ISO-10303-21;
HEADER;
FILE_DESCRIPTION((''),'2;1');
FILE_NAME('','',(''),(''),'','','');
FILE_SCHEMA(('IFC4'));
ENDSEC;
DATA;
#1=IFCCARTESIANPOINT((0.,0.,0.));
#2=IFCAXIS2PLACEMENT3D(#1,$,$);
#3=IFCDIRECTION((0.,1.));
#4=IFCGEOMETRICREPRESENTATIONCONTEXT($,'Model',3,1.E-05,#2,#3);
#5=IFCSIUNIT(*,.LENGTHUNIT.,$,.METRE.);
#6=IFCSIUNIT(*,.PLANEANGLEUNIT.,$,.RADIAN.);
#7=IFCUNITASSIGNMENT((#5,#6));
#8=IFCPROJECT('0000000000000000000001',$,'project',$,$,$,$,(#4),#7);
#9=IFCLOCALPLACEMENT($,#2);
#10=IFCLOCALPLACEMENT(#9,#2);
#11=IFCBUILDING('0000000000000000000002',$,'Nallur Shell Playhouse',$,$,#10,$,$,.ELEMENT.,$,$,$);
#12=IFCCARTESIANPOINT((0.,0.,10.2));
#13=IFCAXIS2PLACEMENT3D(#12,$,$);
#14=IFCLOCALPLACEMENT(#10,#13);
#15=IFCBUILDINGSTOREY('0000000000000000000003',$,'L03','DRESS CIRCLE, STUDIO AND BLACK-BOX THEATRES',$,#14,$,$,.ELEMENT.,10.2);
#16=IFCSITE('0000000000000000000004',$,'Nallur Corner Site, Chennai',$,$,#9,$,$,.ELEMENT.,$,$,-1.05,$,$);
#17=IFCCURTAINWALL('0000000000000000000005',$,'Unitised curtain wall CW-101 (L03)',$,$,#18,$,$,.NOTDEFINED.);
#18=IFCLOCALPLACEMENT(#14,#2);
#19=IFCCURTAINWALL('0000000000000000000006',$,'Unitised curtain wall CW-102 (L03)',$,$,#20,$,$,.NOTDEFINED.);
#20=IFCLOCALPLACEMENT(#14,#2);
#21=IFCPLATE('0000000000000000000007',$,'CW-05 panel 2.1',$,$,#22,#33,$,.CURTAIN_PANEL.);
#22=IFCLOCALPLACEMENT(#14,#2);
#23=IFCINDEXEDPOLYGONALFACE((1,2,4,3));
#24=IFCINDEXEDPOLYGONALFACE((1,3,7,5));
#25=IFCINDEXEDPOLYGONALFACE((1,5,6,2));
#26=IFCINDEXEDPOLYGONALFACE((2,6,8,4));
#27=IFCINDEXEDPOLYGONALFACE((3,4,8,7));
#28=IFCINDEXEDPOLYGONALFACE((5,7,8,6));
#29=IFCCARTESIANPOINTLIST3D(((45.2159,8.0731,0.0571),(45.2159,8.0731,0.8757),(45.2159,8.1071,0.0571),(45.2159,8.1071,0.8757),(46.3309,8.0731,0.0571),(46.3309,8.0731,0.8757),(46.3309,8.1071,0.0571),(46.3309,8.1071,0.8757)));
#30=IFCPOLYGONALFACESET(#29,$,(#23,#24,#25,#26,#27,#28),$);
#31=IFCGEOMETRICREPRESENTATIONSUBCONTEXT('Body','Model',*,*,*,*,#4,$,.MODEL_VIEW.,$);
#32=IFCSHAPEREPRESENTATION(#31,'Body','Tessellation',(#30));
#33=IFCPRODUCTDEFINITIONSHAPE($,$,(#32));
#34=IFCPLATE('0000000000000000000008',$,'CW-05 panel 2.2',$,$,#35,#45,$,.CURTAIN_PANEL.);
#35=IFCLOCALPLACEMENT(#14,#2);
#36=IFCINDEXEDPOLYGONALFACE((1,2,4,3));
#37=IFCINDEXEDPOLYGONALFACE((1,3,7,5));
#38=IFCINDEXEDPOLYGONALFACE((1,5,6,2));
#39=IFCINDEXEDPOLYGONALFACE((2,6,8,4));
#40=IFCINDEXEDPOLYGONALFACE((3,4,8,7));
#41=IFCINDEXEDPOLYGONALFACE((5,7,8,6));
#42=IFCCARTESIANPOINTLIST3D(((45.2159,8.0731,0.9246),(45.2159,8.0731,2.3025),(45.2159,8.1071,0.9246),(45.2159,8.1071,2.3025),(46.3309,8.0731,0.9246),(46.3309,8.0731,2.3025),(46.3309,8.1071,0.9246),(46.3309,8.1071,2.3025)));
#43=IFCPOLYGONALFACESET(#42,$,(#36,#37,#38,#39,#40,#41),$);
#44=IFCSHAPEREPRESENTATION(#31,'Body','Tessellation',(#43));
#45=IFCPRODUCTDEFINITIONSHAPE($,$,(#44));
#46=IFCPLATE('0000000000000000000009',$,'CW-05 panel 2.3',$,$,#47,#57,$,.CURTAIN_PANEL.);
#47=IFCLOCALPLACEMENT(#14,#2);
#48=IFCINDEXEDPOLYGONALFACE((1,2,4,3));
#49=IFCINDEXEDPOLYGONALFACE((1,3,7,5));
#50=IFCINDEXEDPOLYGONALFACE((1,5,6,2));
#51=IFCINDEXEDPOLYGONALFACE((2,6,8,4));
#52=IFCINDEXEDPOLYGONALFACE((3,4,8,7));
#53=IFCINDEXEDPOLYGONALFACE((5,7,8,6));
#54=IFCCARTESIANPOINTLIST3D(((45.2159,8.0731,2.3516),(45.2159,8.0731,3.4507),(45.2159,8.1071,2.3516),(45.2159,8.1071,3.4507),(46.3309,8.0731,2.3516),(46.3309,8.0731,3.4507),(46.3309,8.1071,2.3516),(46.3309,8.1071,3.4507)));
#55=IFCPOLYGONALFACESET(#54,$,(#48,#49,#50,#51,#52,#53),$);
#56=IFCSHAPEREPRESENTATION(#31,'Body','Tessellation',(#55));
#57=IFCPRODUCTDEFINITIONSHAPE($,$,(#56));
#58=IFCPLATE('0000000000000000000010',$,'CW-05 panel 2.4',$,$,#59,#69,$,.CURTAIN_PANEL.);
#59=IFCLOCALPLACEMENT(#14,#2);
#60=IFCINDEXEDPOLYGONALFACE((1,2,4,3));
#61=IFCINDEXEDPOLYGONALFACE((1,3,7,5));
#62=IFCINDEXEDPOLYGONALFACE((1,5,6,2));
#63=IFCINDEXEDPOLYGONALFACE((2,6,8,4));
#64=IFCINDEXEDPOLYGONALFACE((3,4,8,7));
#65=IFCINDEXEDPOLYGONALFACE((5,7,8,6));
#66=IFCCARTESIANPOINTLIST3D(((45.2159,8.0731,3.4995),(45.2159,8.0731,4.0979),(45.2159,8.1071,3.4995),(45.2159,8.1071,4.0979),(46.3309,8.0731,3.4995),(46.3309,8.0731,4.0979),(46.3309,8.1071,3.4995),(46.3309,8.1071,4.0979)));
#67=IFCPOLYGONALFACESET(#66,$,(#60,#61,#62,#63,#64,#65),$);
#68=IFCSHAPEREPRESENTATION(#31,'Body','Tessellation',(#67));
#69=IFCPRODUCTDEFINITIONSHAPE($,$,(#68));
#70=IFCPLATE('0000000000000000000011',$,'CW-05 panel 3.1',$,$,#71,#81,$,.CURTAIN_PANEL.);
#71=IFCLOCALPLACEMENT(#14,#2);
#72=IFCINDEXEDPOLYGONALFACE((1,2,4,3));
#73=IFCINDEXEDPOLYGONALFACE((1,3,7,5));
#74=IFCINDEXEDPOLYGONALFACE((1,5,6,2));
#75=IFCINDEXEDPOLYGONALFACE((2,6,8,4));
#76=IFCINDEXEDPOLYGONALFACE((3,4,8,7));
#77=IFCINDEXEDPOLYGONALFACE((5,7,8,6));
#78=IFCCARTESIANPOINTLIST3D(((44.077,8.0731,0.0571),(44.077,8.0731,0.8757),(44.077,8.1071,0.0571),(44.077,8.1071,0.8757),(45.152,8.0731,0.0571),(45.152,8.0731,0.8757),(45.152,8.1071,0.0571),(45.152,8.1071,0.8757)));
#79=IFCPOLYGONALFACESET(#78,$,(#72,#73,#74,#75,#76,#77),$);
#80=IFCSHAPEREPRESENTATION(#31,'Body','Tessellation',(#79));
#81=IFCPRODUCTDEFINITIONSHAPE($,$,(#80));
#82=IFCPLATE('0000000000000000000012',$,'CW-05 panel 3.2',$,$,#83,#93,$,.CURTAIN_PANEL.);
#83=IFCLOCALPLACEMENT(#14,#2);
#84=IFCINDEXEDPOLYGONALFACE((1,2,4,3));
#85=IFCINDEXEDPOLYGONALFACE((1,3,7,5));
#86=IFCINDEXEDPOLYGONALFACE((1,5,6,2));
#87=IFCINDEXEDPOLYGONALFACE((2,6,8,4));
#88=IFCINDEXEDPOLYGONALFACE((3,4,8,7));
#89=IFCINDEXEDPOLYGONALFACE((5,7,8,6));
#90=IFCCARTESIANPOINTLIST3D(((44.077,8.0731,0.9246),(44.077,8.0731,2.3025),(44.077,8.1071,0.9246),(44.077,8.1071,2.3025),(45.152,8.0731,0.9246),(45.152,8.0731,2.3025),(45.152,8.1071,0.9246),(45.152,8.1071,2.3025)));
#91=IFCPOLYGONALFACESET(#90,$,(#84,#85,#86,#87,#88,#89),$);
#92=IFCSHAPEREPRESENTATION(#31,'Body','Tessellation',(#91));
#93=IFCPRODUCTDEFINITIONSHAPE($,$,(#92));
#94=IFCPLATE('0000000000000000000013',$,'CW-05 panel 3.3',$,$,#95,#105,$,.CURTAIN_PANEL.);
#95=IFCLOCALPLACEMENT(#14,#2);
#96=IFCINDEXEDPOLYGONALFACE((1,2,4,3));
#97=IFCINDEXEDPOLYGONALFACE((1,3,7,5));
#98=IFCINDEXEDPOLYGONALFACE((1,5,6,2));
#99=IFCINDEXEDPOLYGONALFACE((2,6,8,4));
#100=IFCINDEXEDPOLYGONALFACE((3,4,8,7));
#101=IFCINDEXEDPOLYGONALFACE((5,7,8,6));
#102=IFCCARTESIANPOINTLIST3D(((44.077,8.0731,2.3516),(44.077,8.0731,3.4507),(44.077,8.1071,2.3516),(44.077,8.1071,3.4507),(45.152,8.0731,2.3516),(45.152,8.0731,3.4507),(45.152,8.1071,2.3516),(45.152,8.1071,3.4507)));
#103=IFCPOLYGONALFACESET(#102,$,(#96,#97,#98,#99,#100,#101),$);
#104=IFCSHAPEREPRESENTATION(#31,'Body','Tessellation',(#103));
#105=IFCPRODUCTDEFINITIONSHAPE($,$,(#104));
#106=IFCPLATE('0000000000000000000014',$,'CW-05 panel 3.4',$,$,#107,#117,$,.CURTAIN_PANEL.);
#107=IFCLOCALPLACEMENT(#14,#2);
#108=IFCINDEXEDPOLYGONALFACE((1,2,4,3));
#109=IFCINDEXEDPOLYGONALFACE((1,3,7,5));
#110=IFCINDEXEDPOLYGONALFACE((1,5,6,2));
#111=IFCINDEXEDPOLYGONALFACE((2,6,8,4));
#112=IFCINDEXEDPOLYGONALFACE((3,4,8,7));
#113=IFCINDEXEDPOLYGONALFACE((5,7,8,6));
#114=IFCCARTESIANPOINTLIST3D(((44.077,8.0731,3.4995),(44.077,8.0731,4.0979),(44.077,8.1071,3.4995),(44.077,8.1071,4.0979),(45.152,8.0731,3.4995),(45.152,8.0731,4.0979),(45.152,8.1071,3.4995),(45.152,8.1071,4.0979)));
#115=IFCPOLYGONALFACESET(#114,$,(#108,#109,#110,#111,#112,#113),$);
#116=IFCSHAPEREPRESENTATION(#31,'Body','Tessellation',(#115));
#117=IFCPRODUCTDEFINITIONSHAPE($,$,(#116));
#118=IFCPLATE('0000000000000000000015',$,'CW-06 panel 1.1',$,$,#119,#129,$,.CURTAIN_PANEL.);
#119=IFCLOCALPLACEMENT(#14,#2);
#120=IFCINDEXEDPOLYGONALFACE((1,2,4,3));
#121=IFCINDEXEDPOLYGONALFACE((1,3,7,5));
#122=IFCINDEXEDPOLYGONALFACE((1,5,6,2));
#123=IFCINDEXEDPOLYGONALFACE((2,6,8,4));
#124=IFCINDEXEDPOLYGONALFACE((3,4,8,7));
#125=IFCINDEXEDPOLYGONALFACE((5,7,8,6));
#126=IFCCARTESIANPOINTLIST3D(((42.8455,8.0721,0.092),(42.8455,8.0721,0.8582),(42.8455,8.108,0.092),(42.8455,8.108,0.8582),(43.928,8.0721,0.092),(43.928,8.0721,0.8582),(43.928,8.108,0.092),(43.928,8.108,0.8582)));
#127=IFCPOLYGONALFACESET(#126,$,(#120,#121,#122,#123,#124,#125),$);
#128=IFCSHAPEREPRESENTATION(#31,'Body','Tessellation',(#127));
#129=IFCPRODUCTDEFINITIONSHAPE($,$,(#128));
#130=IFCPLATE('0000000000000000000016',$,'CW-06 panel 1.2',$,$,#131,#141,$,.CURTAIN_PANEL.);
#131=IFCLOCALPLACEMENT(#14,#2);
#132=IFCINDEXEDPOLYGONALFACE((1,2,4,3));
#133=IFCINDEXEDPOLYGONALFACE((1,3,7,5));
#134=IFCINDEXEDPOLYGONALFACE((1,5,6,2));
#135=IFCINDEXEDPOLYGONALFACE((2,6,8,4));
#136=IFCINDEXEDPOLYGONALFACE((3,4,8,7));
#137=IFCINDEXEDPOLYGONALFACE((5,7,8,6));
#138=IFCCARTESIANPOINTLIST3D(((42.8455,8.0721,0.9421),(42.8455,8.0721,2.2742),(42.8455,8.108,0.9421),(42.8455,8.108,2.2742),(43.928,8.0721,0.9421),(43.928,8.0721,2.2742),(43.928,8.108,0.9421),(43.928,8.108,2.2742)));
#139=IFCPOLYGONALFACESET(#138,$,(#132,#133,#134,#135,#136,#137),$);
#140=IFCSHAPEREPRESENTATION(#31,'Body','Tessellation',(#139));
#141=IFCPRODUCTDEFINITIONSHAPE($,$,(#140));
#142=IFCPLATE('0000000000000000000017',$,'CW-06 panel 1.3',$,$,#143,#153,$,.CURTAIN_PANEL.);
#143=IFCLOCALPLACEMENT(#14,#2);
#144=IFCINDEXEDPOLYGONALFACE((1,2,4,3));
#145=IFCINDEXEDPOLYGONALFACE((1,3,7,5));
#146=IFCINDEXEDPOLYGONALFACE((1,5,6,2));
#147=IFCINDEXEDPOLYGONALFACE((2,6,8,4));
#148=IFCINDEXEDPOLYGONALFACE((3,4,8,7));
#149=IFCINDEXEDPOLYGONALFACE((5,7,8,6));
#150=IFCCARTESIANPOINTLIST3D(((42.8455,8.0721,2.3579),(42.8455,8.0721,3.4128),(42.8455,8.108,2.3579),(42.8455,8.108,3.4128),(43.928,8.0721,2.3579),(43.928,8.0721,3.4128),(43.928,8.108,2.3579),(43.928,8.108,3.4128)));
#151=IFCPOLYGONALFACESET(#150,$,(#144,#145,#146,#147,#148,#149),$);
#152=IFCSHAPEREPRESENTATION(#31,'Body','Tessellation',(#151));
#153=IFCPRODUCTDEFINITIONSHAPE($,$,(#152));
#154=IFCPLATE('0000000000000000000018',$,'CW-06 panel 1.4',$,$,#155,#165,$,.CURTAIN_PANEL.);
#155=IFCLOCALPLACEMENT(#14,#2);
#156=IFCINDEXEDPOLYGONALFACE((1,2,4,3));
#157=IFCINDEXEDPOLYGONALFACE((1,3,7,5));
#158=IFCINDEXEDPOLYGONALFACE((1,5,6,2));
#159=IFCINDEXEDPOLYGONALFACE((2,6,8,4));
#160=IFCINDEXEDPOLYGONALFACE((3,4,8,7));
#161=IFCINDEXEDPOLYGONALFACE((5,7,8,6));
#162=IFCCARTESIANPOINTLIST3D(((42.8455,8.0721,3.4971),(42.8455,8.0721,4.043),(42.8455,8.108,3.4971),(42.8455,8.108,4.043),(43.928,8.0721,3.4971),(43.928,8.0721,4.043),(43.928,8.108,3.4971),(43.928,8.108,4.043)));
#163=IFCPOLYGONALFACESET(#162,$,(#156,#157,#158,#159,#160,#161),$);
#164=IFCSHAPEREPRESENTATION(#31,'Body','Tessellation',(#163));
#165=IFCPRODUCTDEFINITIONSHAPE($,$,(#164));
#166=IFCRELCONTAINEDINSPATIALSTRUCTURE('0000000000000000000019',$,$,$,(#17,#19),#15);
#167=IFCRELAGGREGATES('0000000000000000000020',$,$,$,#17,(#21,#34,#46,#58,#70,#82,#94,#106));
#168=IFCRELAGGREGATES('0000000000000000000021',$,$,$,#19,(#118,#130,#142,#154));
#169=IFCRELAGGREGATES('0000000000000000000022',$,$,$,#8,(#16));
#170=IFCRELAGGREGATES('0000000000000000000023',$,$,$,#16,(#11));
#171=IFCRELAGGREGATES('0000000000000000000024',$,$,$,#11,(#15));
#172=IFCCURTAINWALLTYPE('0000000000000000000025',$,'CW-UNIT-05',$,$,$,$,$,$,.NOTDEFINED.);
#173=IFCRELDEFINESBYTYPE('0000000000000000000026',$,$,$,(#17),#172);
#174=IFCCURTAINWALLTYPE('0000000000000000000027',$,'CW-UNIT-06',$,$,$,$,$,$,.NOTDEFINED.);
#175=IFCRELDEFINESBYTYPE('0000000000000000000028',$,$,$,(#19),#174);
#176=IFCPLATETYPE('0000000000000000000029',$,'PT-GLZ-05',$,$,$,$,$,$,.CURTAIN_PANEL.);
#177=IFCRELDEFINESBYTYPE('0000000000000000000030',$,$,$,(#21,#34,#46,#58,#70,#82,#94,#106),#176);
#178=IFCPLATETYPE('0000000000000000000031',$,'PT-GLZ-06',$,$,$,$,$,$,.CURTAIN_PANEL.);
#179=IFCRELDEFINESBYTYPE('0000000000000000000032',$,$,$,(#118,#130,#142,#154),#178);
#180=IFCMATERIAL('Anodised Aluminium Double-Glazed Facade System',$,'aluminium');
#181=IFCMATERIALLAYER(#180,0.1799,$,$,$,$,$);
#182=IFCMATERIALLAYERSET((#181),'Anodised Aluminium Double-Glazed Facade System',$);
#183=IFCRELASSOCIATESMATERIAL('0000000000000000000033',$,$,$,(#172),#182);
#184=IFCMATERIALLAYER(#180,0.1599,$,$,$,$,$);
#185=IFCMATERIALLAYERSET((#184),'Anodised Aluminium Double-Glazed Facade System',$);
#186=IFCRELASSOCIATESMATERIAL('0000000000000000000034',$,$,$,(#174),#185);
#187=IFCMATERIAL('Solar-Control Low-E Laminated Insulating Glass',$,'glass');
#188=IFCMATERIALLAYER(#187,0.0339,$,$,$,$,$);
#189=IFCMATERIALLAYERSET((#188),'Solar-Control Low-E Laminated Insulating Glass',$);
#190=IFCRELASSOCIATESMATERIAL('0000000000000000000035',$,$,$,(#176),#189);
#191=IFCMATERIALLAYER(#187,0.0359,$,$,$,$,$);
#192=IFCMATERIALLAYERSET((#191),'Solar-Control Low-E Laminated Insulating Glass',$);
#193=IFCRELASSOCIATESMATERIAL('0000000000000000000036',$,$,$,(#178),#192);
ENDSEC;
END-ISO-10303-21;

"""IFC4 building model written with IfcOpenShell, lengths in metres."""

from ifc_helpers import new_model, si_unit, direction, frame, origin, origin_2d, place, context, subcontext, project, spatial, rectangle, extrude, material, layer, layer_set, type_object, element, aggregate, save


model = new_model("IFC4")

# Units and contexts
model_context = context("Model", 3, precision=1e-05, world=origin(), true_north=direction((0.0, 1.0)))
body_context = subcontext(model_context, "Body", "Model", "MODEL_VIEW")
ifc_project = project(units=[si_unit("LENGTHUNIT", "METRE"), si_unit("PLANEANGLEUNIT", "RADIAN")], contexts=[model_context])

# Site, building, storey
site_placement = place(None, origin())
site = spatial("IfcSite", under=ifc_project, at=site_placement, Name="Nallur Corner Site, Chennai", CompositionType="ELEMENT", RefElevation=-1.05)
building_placement = place(site_placement, origin())
building = spatial("IfcBuilding", under=site, at=building_placement, Name="Nallur Shell Playhouse", CompositionType="ELEMENT")
storey_placement = place(building_placement, frame((0.0, 0.0, 10.2)))
storey = spatial("IfcBuildingStorey", under=building, at=storey_placement, Name="L03", Description="DRESS CIRCLE, STUDIO AND BLACK-BOX THEATRES", CompositionType="ELEMENT", Elevation=10.2)

# Curtain walls
ifc_material_1 = material(Name="Anodised Aluminium Double-Glazed Facade System", Category="aluminium")
ifc_layer_1 = layer(ifc_material_1, 0.1799)
ifc_layer_set_1 = layer_set([ifc_layer_1], Name="Anodised Aluminium Double-Glazed Facade System")
curtain_wall_type_1 = type_object("IfcCurtainWallType", Name="CW-UNIT-05", PredefinedType="NOTDEFINED", material=ifc_layer_set_1)
curtain_wall_1_placement = place(storey_placement, origin())
curtain_wall_1 = element("IfcCurtainWall", 1, at=curtain_wall_1_placement, inside=storey, type_object=curtain_wall_type_1, Name="Unitised curtain wall CW-101 (L03)", PredefinedType="NOTDEFINED")
ifc_layer_2 = layer(ifc_material_1, 0.1599)
ifc_layer_set_2 = layer_set([ifc_layer_2], Name="Anodised Aluminium Double-Glazed Facade System")
curtain_wall_type_2 = type_object("IfcCurtainWallType", Name="CW-UNIT-06", PredefinedType="NOTDEFINED", material=ifc_layer_set_2)
curtain_wall_2_placement = place(storey_placement, origin())
curtain_wall_2 = element("IfcCurtainWall", 2, at=curtain_wall_2_placement, inside=storey, type_object=curtain_wall_type_2, Name="Unitised curtain wall CW-102 (L03)", PredefinedType="NOTDEFINED")

# Plates
ifc_material_2 = material(Name="Solar-Control Low-E Laminated Insulating Glass", Category="glass")
ifc_layer_3 = layer(ifc_material_2, 0.0339)
ifc_layer_set_3 = layer_set([ifc_layer_3], Name="Solar-Control Low-E Laminated Insulating Glass")
plate_type_1 = type_object("IfcPlateType", Name="PT-GLZ-05", PredefinedType="CURTAIN_PANEL", material=ifc_layer_set_3)
plate_1_placement = place(storey_placement, frame((45.7734, 8.0901, 0.0571), z_axis=(0.0, 0.0, 1.0), x_axis=(-1.0, 0.0, 0.0)))
plate_1 = element("IfcPlate", 3, at=plate_1_placement, type_object=plate_type_1, Name="CW-05 panel 2.1", PredefinedType="CURTAIN_PANEL", context=body_context, shape_type="SweptSolid", body=[
    extrude(rectangle(XDim=1.115, YDim=0.0339, at=origin_2d()), origin(), (0.0, 0.0, 1.0), 0.8186),
])
plate_2_placement = place(storey_placement, frame((45.7734, 8.0901, 0.9246), z_axis=(0.0, 0.0, 1.0), x_axis=(-1.0, 0.0, 0.0)))
plate_2 = element("IfcPlate", 4, at=plate_2_placement, type_object=plate_type_1, Name="CW-05 panel 2.2", PredefinedType="CURTAIN_PANEL", context=body_context, shape_type="SweptSolid", body=[
    extrude(rectangle(XDim=1.115, YDim=0.0339, at=origin_2d()), origin(), (0.0, 0.0, 1.0), 1.3779),
])
plate_3_placement = place(storey_placement, frame((45.7734, 8.0901, 2.3516), z_axis=(0.0, 0.0, 1.0), x_axis=(-1.0, 0.0, 0.0)))
plate_3 = element("IfcPlate", 5, at=plate_3_placement, type_object=plate_type_1, Name="CW-05 panel 2.3", PredefinedType="CURTAIN_PANEL", context=body_context, shape_type="SweptSolid", body=[
    extrude(rectangle(XDim=1.115, YDim=0.0339, at=origin_2d()), origin(), (0.0, 0.0, 1.0), 1.0991),
])
plate_4_placement = place(storey_placement, frame((45.7734, 8.0901, 3.4995), z_axis=(0.0, 0.0, 1.0), x_axis=(-1.0, 0.0, 0.0)))
plate_4 = element("IfcPlate", 6, at=plate_4_placement, type_object=plate_type_1, Name="CW-05 panel 2.4", PredefinedType="CURTAIN_PANEL", context=body_context, shape_type="SweptSolid", body=[
    extrude(rectangle(XDim=1.115, YDim=0.0339, at=origin_2d()), origin(), (0.0, 0.0, 1.0), 0.5984),
])
plate_5_placement = place(storey_placement, frame((44.6145, 8.0901, 0.0571), z_axis=(0.0, 0.0, 1.0), x_axis=(-1.0, 0.0, 0.0)))
plate_5 = element("IfcPlate", 7, at=plate_5_placement, type_object=plate_type_1, Name="CW-05 panel 3.1", PredefinedType="CURTAIN_PANEL", context=body_context, shape_type="SweptSolid", body=[
    extrude(rectangle(XDim=1.075, YDim=0.0339, at=origin_2d()), origin(), (0.0, 0.0, 1.0), 0.8186),
])
plate_6_placement = place(storey_placement, frame((44.6145, 8.0901, 0.9246), z_axis=(0.0, 0.0, 1.0), x_axis=(-1.0, 0.0, 0.0)))
plate_6 = element("IfcPlate", 8, at=plate_6_placement, type_object=plate_type_1, Name="CW-05 panel 3.2", PredefinedType="CURTAIN_PANEL", context=body_context, shape_type="SweptSolid", body=[
    extrude(rectangle(XDim=1.075, YDim=0.0339, at=origin_2d()), origin(), (0.0, 0.0, 1.0), 1.3779),
])
plate_7_placement = place(storey_placement, frame((44.6145, 8.0901, 2.3516), z_axis=(0.0, 0.0, 1.0), x_axis=(-1.0, 0.0, 0.0)))
plate_7 = element("IfcPlate", 9, at=plate_7_placement, type_object=plate_type_1, Name="CW-05 panel 3.3", PredefinedType="CURTAIN_PANEL", context=body_context, shape_type="SweptSolid", body=[
    extrude(rectangle(XDim=1.075, YDim=0.0339, at=origin_2d()), origin(), (0.0, 0.0, 1.0), 1.0991),
])
plate_8_placement = place(storey_placement, frame((44.6145, 8.0901, 3.4995), z_axis=(0.0, 0.0, 1.0), x_axis=(-1.0, 0.0, 0.0)))
plate_8 = element("IfcPlate", 10, at=plate_8_placement, type_object=plate_type_1, Name="CW-05 panel 3.4", PredefinedType="CURTAIN_PANEL", context=body_context, shape_type="SweptSolid", body=[
    extrude(rectangle(XDim=1.075, YDim=0.0339, at=origin_2d()), origin(), (0.0, 0.0, 1.0), 0.5984),
])
aggregate(curtain_wall_1, [plate_1, plate_2, plate_3, plate_4, plate_5, plate_6, plate_7, plate_8])
ifc_layer_4 = layer(ifc_material_2, 0.0359)
ifc_layer_set_4 = layer_set([ifc_layer_4], Name="Solar-Control Low-E Laminated Insulating Glass")
plate_type_2 = type_object("IfcPlateType", Name="PT-GLZ-06", PredefinedType="CURTAIN_PANEL", material=ifc_layer_set_4)
plate_9_placement = place(storey_placement, frame((43.3867, 8.0901, 0.092), z_axis=(0.0, 0.0, 1.0), x_axis=(-1.0, 0.0, 0.0)))
plate_9 = element("IfcPlate", 11, at=plate_9_placement, type_object=plate_type_2, Name="CW-06 panel 1.1", PredefinedType="CURTAIN_PANEL", context=body_context, shape_type="SweptSolid", body=[
    extrude(rectangle(XDim=1.0825, YDim=0.0359, at=origin_2d()), origin(), (0.0, 0.0, 1.0), 0.7661),
])
plate_10_placement = place(storey_placement, frame((43.3867, 8.0901, 0.9421), z_axis=(0.0, 0.0, 1.0), x_axis=(-1.0, 0.0, 0.0)))
plate_10 = element("IfcPlate", 12, at=plate_10_placement, type_object=plate_type_2, Name="CW-06 panel 1.2", PredefinedType="CURTAIN_PANEL", context=body_context, shape_type="SweptSolid", body=[
    extrude(rectangle(XDim=1.0825, YDim=0.0359, at=origin_2d()), origin(), (0.0, 0.0, 1.0), 1.332),
])
plate_11_placement = place(storey_placement, frame((43.3867, 8.0901, 2.3579), z_axis=(0.0, 0.0, 1.0), x_axis=(-1.0, 0.0, 0.0)))
plate_11 = element("IfcPlate", 13, at=plate_11_placement, type_object=plate_type_2, Name="CW-06 panel 1.3", PredefinedType="CURTAIN_PANEL", context=body_context, shape_type="SweptSolid", body=[
    extrude(rectangle(XDim=1.0825, YDim=0.0359, at=origin_2d()), origin(), (0.0, 0.0, 1.0), 1.0549),
])
plate_12_placement = place(storey_placement, frame((43.3867, 8.0901, 3.4971), z_axis=(0.0, 0.0, 1.0), x_axis=(-1.0, 0.0, 0.0)))
plate_12 = element("IfcPlate", 14, at=plate_12_placement, type_object=plate_type_2, Name="CW-06 panel 1.4", PredefinedType="CURTAIN_PANEL", context=body_context, shape_type="SweptSolid", body=[
    extrude(rectangle(XDim=1.0825, YDim=0.0359, at=origin_2d()), origin(), (0.0, 0.0, 1.0), 0.5459),
])
aggregate(curtain_wall_2, [plate_9, plate_10, plate_11, plate_12])

save(model, "model.ifc")
